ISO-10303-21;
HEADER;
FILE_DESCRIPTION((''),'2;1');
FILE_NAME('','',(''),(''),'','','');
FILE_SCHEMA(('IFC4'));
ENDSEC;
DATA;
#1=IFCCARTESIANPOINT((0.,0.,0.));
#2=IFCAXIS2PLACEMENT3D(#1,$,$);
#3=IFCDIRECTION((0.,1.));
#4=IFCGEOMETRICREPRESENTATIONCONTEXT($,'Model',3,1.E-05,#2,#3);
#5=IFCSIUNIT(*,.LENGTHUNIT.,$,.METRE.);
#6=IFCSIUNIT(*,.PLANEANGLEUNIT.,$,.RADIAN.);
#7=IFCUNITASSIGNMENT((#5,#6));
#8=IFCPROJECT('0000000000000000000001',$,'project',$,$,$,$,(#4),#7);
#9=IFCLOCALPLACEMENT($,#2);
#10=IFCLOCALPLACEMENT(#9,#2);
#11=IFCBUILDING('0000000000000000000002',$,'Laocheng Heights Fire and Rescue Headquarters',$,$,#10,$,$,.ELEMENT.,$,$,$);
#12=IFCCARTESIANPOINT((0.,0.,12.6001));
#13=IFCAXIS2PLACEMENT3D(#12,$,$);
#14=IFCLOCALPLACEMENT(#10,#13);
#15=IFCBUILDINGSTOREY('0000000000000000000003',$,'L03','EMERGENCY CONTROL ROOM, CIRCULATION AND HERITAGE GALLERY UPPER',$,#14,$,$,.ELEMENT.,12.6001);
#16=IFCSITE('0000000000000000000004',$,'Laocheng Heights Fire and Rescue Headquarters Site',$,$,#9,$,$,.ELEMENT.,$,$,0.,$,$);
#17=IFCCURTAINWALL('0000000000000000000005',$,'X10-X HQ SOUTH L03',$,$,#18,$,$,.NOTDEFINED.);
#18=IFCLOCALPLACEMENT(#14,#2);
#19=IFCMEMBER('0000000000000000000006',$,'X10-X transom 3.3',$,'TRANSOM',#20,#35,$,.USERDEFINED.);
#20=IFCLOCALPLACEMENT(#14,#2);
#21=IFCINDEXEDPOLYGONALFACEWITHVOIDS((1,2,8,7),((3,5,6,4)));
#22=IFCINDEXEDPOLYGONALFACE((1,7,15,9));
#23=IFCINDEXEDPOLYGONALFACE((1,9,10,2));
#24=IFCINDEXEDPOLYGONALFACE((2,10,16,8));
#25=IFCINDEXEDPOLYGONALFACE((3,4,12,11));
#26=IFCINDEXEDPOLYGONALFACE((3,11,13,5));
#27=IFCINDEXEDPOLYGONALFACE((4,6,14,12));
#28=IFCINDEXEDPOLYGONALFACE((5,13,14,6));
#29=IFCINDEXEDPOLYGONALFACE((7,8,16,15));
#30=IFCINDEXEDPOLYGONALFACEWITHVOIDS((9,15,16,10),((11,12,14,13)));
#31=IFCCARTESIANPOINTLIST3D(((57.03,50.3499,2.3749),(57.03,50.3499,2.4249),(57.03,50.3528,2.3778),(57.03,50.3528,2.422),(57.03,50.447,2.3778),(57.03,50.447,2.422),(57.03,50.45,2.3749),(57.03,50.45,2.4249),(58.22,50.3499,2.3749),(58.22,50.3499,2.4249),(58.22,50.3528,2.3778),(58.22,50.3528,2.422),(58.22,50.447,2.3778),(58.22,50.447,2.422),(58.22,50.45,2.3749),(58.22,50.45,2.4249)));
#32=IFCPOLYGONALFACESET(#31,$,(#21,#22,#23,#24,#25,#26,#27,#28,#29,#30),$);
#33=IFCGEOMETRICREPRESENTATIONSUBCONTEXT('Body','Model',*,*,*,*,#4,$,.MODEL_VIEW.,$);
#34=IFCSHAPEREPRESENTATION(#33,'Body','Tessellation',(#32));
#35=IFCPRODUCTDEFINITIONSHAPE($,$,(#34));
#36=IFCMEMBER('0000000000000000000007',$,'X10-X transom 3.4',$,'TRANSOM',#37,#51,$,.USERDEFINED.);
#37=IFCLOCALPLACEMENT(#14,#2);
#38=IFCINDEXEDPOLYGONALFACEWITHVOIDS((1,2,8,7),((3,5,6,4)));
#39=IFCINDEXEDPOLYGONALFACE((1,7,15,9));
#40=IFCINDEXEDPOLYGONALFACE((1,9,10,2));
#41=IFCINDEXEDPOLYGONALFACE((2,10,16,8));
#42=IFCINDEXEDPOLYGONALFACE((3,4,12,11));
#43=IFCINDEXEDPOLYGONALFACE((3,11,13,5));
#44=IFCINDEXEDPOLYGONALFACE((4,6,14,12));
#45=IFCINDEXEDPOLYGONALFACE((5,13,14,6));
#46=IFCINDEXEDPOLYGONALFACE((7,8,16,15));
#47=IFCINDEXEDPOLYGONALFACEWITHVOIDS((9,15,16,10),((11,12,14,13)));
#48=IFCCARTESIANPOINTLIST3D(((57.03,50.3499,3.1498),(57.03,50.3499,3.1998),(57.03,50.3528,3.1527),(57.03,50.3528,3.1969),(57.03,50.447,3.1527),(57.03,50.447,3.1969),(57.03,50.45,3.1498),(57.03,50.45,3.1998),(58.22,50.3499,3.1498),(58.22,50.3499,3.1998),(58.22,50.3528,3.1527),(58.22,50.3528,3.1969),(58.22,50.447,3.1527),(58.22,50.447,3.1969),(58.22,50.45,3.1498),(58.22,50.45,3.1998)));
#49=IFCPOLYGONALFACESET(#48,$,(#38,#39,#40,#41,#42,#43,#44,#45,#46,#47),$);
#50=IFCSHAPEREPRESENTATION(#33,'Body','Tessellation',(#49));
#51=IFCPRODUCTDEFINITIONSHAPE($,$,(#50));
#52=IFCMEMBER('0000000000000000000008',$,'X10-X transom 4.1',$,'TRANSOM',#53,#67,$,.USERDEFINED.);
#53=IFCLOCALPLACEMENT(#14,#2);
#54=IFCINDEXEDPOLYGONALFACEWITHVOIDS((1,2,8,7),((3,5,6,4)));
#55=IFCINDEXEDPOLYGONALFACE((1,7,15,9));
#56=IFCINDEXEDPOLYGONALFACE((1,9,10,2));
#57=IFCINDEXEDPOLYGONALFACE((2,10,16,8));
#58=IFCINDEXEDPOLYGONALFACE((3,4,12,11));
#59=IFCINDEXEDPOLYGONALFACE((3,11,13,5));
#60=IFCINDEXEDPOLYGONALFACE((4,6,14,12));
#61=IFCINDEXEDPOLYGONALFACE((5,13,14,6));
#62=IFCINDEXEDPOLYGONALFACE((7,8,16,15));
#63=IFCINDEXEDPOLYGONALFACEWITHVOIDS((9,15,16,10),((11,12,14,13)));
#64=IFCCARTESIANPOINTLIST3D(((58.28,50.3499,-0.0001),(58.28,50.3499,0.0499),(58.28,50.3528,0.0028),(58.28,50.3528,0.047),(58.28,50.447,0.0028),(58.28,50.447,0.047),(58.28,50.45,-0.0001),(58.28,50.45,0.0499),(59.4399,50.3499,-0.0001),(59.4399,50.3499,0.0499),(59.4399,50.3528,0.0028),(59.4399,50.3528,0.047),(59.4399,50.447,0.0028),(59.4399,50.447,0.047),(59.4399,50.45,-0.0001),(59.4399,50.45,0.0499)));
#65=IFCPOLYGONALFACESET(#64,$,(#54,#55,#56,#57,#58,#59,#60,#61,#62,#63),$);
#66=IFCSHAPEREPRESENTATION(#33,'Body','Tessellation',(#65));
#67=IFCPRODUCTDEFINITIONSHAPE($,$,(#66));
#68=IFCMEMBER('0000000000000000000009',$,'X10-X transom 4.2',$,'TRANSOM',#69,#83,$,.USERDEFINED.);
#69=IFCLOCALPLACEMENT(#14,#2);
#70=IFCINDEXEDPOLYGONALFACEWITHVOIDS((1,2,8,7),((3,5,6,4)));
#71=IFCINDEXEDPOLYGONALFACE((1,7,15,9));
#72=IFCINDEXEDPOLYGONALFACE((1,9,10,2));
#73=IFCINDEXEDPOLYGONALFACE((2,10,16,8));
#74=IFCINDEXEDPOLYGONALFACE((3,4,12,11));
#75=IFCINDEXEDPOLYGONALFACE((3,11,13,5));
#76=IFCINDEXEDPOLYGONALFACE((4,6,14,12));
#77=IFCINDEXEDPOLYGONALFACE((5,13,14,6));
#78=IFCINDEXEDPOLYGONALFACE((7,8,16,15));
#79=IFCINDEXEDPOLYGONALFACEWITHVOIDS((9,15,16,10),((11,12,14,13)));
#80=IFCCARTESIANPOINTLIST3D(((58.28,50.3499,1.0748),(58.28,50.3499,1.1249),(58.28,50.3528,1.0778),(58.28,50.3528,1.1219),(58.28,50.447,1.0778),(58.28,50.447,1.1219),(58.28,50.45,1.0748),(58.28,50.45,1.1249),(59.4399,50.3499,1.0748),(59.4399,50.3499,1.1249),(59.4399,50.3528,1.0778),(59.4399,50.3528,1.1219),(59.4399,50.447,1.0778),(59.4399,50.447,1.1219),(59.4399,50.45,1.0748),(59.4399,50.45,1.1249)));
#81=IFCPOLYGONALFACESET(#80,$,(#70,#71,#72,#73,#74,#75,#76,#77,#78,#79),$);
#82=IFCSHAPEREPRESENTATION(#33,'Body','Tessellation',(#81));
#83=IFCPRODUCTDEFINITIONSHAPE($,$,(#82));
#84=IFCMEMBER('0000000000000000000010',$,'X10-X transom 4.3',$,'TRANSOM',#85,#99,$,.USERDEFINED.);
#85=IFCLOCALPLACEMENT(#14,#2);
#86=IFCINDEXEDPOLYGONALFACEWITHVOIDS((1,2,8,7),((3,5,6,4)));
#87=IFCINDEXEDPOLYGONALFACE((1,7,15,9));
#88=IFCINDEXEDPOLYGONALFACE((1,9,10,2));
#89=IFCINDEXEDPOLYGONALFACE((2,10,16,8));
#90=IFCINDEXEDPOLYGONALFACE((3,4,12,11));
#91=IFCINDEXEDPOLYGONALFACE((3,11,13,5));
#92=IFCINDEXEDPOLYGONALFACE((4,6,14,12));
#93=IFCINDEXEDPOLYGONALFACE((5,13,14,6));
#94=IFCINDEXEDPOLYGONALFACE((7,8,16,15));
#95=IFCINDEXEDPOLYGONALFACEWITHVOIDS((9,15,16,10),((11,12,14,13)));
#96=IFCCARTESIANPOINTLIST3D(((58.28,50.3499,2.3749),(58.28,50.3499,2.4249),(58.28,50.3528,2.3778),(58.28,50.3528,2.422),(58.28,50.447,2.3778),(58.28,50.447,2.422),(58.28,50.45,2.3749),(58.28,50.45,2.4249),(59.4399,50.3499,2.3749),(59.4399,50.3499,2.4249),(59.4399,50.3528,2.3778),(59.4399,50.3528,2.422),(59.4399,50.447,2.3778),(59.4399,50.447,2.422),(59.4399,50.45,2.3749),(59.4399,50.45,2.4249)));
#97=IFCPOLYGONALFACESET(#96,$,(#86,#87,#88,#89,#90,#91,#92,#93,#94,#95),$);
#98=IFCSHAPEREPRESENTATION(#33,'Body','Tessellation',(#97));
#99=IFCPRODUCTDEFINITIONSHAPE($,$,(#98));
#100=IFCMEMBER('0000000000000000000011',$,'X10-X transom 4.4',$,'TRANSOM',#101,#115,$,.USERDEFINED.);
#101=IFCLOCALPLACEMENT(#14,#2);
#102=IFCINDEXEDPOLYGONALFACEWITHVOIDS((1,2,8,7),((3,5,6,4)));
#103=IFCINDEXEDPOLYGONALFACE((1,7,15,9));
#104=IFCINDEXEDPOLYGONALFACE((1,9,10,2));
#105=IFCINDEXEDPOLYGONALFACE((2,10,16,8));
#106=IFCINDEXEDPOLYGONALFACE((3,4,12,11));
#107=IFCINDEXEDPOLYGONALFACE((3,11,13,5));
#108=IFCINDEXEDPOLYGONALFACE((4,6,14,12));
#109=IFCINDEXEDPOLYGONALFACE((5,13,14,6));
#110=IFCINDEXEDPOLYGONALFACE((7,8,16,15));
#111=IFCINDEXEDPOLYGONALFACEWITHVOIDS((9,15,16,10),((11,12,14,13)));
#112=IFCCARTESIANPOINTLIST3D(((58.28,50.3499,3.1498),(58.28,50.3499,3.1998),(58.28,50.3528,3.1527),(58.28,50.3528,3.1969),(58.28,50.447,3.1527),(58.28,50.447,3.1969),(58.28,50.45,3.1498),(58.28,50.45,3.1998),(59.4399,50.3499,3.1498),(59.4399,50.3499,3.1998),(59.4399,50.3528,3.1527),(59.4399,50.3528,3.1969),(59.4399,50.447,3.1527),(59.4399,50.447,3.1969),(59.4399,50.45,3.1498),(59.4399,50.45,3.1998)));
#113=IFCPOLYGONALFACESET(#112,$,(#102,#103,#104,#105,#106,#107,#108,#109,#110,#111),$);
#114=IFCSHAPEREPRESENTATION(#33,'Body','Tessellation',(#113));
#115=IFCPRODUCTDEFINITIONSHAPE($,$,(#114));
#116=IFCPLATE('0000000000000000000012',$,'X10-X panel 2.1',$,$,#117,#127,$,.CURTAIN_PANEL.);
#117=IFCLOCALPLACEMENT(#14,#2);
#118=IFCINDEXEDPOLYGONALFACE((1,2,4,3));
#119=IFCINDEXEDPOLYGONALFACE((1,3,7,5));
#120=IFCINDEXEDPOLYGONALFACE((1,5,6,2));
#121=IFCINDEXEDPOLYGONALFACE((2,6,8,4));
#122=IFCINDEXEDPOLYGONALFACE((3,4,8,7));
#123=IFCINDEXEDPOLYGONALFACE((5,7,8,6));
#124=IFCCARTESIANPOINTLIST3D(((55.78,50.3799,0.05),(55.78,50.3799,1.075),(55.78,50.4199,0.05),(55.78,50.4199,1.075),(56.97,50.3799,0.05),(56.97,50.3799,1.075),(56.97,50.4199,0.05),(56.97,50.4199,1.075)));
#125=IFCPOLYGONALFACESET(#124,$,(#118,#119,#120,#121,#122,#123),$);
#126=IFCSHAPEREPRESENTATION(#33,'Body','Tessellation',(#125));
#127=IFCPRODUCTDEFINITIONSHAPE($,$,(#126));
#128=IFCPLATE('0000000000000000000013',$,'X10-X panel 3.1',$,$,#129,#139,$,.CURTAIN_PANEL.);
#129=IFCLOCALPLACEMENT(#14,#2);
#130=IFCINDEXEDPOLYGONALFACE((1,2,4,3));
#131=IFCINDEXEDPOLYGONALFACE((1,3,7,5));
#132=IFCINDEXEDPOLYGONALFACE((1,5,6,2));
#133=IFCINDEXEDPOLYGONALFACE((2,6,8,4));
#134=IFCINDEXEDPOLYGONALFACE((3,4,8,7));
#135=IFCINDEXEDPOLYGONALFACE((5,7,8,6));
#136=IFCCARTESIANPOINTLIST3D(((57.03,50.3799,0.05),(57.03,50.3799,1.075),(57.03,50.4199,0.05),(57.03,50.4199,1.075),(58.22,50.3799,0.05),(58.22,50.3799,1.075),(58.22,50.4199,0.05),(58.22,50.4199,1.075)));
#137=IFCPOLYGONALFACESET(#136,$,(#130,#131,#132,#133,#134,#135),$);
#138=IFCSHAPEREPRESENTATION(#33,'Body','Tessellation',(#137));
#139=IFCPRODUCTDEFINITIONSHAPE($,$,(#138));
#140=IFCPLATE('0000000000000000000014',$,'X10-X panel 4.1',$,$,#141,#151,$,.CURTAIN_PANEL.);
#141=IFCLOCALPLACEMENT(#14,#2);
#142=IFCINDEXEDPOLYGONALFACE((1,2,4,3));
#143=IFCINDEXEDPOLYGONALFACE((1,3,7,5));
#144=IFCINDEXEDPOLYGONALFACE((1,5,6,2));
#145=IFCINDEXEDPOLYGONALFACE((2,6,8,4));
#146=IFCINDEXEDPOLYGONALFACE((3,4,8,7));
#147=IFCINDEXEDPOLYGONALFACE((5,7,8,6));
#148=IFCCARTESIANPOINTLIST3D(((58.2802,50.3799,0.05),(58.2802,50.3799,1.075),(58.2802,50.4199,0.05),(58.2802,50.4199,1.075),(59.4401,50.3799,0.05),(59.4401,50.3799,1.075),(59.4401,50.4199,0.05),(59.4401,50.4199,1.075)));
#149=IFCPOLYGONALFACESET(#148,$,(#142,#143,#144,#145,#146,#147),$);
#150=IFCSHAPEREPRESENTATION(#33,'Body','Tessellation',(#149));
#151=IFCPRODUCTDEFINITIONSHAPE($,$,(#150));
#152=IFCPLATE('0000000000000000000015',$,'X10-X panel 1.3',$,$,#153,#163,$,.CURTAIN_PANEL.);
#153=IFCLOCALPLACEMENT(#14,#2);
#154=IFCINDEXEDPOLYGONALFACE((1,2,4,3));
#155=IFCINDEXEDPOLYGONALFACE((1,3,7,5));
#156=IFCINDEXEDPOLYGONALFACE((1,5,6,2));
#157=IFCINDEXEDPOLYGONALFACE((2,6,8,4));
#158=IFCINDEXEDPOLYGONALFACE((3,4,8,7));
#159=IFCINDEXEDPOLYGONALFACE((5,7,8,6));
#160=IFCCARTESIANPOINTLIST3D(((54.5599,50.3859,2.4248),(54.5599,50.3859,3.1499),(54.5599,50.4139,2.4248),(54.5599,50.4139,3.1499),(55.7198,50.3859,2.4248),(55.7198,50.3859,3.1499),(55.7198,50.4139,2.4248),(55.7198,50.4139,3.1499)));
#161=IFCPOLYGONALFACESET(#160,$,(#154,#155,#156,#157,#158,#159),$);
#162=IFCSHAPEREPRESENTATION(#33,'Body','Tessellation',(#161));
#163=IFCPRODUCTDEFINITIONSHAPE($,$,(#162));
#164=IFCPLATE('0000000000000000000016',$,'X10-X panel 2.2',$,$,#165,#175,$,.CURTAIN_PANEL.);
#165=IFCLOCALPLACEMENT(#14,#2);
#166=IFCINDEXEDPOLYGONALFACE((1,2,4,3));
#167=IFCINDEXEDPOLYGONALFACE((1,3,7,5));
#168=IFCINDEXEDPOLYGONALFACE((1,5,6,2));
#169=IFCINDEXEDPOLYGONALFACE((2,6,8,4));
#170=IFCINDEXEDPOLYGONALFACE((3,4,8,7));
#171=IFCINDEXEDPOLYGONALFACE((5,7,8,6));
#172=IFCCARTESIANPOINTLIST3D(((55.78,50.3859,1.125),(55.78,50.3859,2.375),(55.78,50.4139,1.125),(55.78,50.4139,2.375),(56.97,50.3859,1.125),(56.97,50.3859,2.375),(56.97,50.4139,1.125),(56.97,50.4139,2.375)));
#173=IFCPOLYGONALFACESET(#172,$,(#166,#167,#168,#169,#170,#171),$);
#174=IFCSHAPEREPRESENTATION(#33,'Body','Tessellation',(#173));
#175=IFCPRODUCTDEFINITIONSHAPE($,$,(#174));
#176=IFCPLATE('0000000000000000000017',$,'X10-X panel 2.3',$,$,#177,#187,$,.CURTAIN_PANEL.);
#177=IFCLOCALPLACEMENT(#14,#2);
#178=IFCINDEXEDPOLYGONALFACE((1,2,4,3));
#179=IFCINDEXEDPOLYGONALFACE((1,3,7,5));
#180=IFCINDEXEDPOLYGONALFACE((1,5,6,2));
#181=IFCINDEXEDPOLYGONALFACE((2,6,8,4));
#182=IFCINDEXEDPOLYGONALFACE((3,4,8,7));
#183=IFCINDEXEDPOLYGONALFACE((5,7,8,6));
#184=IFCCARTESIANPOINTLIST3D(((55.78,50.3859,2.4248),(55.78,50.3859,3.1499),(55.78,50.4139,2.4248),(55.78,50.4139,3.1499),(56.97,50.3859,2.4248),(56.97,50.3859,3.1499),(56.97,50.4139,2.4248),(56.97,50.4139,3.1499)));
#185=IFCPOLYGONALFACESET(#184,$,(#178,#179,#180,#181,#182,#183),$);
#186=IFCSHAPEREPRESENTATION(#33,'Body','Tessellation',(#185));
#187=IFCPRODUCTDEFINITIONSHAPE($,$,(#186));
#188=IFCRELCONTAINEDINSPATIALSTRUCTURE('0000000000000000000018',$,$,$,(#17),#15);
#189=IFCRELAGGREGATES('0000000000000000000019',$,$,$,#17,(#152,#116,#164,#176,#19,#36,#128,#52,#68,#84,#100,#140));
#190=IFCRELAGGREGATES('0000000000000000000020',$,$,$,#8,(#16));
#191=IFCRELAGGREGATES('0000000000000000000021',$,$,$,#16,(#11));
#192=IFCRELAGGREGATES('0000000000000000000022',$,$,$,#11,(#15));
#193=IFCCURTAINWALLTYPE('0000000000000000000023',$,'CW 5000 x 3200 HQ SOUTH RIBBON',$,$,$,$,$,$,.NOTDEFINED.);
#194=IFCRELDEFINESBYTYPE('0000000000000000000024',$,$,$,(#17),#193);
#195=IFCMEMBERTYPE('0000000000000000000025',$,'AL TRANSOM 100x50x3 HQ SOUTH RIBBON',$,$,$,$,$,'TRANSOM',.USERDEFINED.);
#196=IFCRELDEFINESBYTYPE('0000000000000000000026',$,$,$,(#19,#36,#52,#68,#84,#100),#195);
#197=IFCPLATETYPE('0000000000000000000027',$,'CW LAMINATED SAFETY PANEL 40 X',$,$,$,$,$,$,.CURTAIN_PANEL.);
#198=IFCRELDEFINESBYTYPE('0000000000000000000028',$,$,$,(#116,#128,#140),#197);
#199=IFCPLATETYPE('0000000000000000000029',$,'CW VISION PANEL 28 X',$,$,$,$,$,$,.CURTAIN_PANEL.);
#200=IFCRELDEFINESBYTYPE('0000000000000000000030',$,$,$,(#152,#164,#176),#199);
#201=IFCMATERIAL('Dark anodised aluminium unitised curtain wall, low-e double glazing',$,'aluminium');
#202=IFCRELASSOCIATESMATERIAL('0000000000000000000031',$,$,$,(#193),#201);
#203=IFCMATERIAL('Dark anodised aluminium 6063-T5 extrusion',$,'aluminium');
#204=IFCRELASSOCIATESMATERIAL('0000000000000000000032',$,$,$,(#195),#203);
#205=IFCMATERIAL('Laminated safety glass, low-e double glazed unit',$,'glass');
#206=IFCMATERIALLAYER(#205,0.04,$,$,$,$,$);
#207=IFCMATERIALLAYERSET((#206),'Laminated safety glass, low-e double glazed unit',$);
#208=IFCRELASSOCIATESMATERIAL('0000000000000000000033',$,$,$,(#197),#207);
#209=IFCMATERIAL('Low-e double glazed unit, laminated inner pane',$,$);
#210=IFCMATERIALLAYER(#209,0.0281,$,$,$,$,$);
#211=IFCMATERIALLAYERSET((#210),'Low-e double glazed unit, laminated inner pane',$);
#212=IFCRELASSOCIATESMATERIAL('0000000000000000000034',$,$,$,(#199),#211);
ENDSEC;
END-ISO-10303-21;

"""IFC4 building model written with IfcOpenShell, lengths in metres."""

from ifc_helpers import new_model, si_unit, direction, frame, origin, origin_2d, place, context, subcontext, project, spatial, rectangle, hollow_rectangle, extrude, material, layer, layer_set, material_profile, profile_set, type_object, element, aggregate, save


model = new_model("IFC4")

# Units and contexts
model_context = context("Model", 3, precision=1e-05, world=origin(), true_north=direction((0.0, 1.0)))
body_context = subcontext(model_context, "Body", "Model", "MODEL_VIEW")
ifc_project = project(units=[si_unit("LENGTHUNIT", "METRE"), si_unit("PLANEANGLEUNIT", "RADIAN")], contexts=[model_context])

# Site, building, storey
site_placement = place(None, origin())
site = spatial("IfcSite", under=ifc_project, at=site_placement, Name="Laocheng Heights Fire and Rescue Headquarters Site", CompositionType="ELEMENT", RefElevation=0.0)
building_placement = place(site_placement, origin())
building = spatial("IfcBuilding", under=site, at=building_placement, Name="Laocheng Heights Fire and Rescue Headquarters", CompositionType="ELEMENT")
storey_placement = place(building_placement, frame((0.0, 0.0, 12.6001)))
storey = spatial("IfcBuildingStorey", under=building, at=storey_placement, Name="L03", Description="EMERGENCY CONTROL ROOM, CIRCULATION AND HERITAGE GALLERY UPPER", CompositionType="ELEMENT", Elevation=12.6001)

# Curtain wall, members, plates
ifc_material_1 = material(Name="Dark anodised aluminium unitised curtain wall, low-e double glazing", Category="aluminium")
curtain_wall_type = type_object("IfcCurtainWallType", Name="CW 5000 x 3200 HQ SOUTH RIBBON", PredefinedType="NOTDEFINED", material=ifc_material_1)
curtain_wall_placement = place(storey_placement, origin())
curtain_wall = element("IfcCurtainWall", 1, at=curtain_wall_placement, inside=storey, type_object=curtain_wall_type, Name="X10-X HQ SOUTH L03", PredefinedType="NOTDEFINED")
ifc_material_2 = material(Name="Dark anodised aluminium 6063-T5 extrusion", Category="aluminium")
ifc_material_profile_1 = material_profile(ifc_material_2, hollow_rectangle(XDim=0.1001, YDim=0.05, WallThickness=0.0029, at=origin_2d()), Name="AL TRANSOM 100x50x3 HQ SOUTH RIBBON")
ifc_profile_set_1 = profile_set([ifc_material_profile_1], Name="Dark anodised aluminium 6063-T5 extrusion")
member_type_1 = type_object("IfcMemberType", Name="AL TRANSOM 100x50x3 HQ SOUTH RIBBON", ElementType="TRANSOM", PredefinedType="USERDEFINED", material=ifc_profile_set_1)
member_1_placement = place(storey_placement, frame((57.03, 50.3999, 2.3999), z_axis=(1.0, 0.0, 0.0), x_axis=(0.0, 1.0, 0.0)))
member_1 = element("IfcMember", 2, at=member_1_placement, type_object=member_type_1, Name="X10-X transom 3.3", ObjectType="TRANSOM", PredefinedType="USERDEFINED", context=body_context, shape_type="SweptSolid", body=[
    extrude(hollow_rectangle(XDim=0.1001, YDim=0.05, WallThickness=0.0029, at=origin_2d()), origin(), (0.0, 0.0, 1.0), 1.1899),
])
member_2_placement = place(storey_placement, frame((57.03, 50.3999, 3.1748), z_axis=(1.0, 0.0, 0.0), x_axis=(0.0, 1.0, 0.0)))
member_2 = element("IfcMember", 3, at=member_2_placement, type_object=member_type_1, Name="X10-X transom 3.4", ObjectType="TRANSOM", PredefinedType="USERDEFINED", context=body_context, shape_type="SweptSolid", body=[
    extrude(hollow_rectangle(XDim=0.1001, YDim=0.05, WallThickness=0.0029, at=origin_2d()), origin(), (0.0, 0.0, 1.0), 1.1899),
])
member_3_placement = place(storey_placement, frame((58.28, 50.3999, 0.0249), z_axis=(1.0, 0.0, 0.0), x_axis=(0.0, 1.0, 0.0)))
member_3 = element("IfcMember", 4, at=member_3_placement, type_object=member_type_1, Name="X10-X transom 4.1", ObjectType="TRANSOM", PredefinedType="USERDEFINED", context=body_context, shape_type="SweptSolid", body=[
    extrude(hollow_rectangle(XDim=0.1001, YDim=0.05, WallThickness=0.0029, at=origin_2d()), origin(), (0.0, 0.0, 1.0), 1.1599),
])
member_4_placement = place(storey_placement, frame((58.28, 50.3999, 1.0999), z_axis=(1.0, 0.0, 0.0), x_axis=(0.0, 1.0, 0.0)))
member_4 = element("IfcMember", 5, at=member_4_placement, type_object=member_type_1, Name="X10-X transom 4.2", ObjectType="TRANSOM", PredefinedType="USERDEFINED", context=body_context, shape_type="SweptSolid", body=[
    extrude(hollow_rectangle(XDim=0.1001, YDim=0.05, WallThickness=0.0029, at=origin_2d()), origin(), (0.0, 0.0, 1.0), 1.1599),
])
member_5_placement = place(storey_placement, frame((58.28, 50.3999, 2.3999), z_axis=(1.0, 0.0, 0.0), x_axis=(0.0, 1.0, 0.0)))
member_5 = element("IfcMember", 6, at=member_5_placement, type_object=member_type_1, Name="X10-X transom 4.3", ObjectType="TRANSOM", PredefinedType="USERDEFINED", context=body_context, shape_type="SweptSolid", body=[
    extrude(hollow_rectangle(XDim=0.1001, YDim=0.05, WallThickness=0.0029, at=origin_2d()), origin(), (0.0, 0.0, 1.0), 1.1599),
])
member_6_placement = place(storey_placement, frame((58.28, 50.3999, 3.1748), z_axis=(1.0, 0.0, 0.0), x_axis=(0.0, 1.0, 0.0)))
member_6 = element("IfcMember", 7, at=member_6_placement, type_object=member_type_1, Name="X10-X transom 4.4", ObjectType="TRANSOM", PredefinedType="USERDEFINED", context=body_context, shape_type="SweptSolid", body=[
    extrude(hollow_rectangle(XDim=0.1001, YDim=0.05, WallThickness=0.0029, at=origin_2d()), origin(), (0.0, 0.0, 1.0), 1.1599),
])
ifc_material_3 = material(Name="Laminated safety glass, low-e double glazed unit", Category="glass")
ifc_layer_1 = layer(ifc_material_3, 0.04)
ifc_layer_set_1 = layer_set([ifc_layer_1], Name="Laminated safety glass, low-e double glazed unit")
plate_type_1 = type_object("IfcPlateType", Name="CW LAMINATED SAFETY PANEL 40 X", PredefinedType="CURTAIN_PANEL", material=ifc_layer_set_1)
plate_1_placement = place(storey_placement, frame((56.375, 50.3999, 0.05), z_axis=(0.0, 0.0, 1.0), x_axis=(1.0, 0.0, 0.0)))
plate_1 = element("IfcPlate", 8, at=plate_1_placement, type_object=plate_type_1, Name="X10-X panel 2.1", PredefinedType="CURTAIN_PANEL", context=body_context, shape_type="SweptSolid", body=[
    extrude(rectangle(XDim=1.1899, YDim=0.04, at=origin_2d()), origin(), (0.0, 0.0, 1.0), 1.0249),
])
plate_2_placement = place(storey_placement, frame((57.625, 50.3999, 0.05), z_axis=(0.0, 0.0, 1.0), x_axis=(1.0, 0.0, 0.0)))
plate_2 = element("IfcPlate", 9, at=plate_2_placement, type_object=plate_type_1, Name="X10-X panel 3.1", PredefinedType="CURTAIN_PANEL", context=body_context, shape_type="SweptSolid", body=[
    extrude(rectangle(XDim=1.1899, YDim=0.04, at=origin_2d()), origin(), (0.0, 0.0, 1.0), 1.0249),
])
plate_3_placement = place(storey_placement, frame((58.8601, 50.3999, 0.05), z_axis=(0.0, 0.0, 1.0), x_axis=(1.0, 0.0, 0.0)))
plate_3 = element("IfcPlate", 10, at=plate_3_placement, type_object=plate_type_1, Name="X10-X panel 4.1", PredefinedType="CURTAIN_PANEL", context=body_context, shape_type="SweptSolid", body=[
    extrude(rectangle(XDim=1.1599, YDim=0.04, at=origin_2d()), origin(), (0.0, 0.0, 1.0), 1.0249),
])
ifc_material_4 = material(Name="Low-e double glazed unit, laminated inner pane")
ifc_layer_2 = layer(ifc_material_4, 0.0281)
ifc_layer_set_2 = layer_set([ifc_layer_2], Name="Low-e double glazed unit, laminated inner pane")
plate_type_2 = type_object("IfcPlateType", Name="CW VISION PANEL 28 X", PredefinedType="CURTAIN_PANEL", material=ifc_layer_set_2)
plate_4_placement = place(storey_placement, frame((55.1399, 50.3999, 2.4248), z_axis=(0.0, 0.0, 1.0), x_axis=(1.0, 0.0, 0.0)))
plate_4 = element("IfcPlate", 11, at=plate_4_placement, type_object=plate_type_2, Name="X10-X panel 1.3", PredefinedType="CURTAIN_PANEL", context=body_context, shape_type="SweptSolid", body=[
    extrude(rectangle(XDim=1.1599, YDim=0.0281, at=origin_2d()), origin(), (0.0, 0.0, 1.0), 0.7251),
])
plate_5_placement = place(storey_placement, frame((56.375, 50.3999, 1.125), z_axis=(0.0, 0.0, 1.0), x_axis=(1.0, 0.0, 0.0)))
plate_5 = element("IfcPlate", 12, at=plate_5_placement, type_object=plate_type_2, Name="X10-X panel 2.2", PredefinedType="CURTAIN_PANEL", context=body_context, shape_type="SweptSolid", body=[
    extrude(rectangle(XDim=1.1899, YDim=0.0281, at=origin_2d()), origin(), (0.0, 0.0, 1.0), 1.25),
])
plate_6_placement = place(storey_placement, frame((56.375, 50.3999, 2.4248), z_axis=(0.0, 0.0, 1.0), x_axis=(1.0, 0.0, 0.0)))
plate_6 = element("IfcPlate", 13, at=plate_6_placement, type_object=plate_type_2, Name="X10-X panel 2.3", PredefinedType="CURTAIN_PANEL", context=body_context, shape_type="SweptSolid", body=[
    extrude(rectangle(XDim=1.1899, YDim=0.0281, at=origin_2d()), origin(), (0.0, 0.0, 1.0), 0.7251),
])
aggregate(curtain_wall, [plate_4, plate_1, plate_5, plate_6, member_1, member_2, plate_2, member_3, member_4, member_5, member_6, plate_3])

save(model, "model.ifc")
